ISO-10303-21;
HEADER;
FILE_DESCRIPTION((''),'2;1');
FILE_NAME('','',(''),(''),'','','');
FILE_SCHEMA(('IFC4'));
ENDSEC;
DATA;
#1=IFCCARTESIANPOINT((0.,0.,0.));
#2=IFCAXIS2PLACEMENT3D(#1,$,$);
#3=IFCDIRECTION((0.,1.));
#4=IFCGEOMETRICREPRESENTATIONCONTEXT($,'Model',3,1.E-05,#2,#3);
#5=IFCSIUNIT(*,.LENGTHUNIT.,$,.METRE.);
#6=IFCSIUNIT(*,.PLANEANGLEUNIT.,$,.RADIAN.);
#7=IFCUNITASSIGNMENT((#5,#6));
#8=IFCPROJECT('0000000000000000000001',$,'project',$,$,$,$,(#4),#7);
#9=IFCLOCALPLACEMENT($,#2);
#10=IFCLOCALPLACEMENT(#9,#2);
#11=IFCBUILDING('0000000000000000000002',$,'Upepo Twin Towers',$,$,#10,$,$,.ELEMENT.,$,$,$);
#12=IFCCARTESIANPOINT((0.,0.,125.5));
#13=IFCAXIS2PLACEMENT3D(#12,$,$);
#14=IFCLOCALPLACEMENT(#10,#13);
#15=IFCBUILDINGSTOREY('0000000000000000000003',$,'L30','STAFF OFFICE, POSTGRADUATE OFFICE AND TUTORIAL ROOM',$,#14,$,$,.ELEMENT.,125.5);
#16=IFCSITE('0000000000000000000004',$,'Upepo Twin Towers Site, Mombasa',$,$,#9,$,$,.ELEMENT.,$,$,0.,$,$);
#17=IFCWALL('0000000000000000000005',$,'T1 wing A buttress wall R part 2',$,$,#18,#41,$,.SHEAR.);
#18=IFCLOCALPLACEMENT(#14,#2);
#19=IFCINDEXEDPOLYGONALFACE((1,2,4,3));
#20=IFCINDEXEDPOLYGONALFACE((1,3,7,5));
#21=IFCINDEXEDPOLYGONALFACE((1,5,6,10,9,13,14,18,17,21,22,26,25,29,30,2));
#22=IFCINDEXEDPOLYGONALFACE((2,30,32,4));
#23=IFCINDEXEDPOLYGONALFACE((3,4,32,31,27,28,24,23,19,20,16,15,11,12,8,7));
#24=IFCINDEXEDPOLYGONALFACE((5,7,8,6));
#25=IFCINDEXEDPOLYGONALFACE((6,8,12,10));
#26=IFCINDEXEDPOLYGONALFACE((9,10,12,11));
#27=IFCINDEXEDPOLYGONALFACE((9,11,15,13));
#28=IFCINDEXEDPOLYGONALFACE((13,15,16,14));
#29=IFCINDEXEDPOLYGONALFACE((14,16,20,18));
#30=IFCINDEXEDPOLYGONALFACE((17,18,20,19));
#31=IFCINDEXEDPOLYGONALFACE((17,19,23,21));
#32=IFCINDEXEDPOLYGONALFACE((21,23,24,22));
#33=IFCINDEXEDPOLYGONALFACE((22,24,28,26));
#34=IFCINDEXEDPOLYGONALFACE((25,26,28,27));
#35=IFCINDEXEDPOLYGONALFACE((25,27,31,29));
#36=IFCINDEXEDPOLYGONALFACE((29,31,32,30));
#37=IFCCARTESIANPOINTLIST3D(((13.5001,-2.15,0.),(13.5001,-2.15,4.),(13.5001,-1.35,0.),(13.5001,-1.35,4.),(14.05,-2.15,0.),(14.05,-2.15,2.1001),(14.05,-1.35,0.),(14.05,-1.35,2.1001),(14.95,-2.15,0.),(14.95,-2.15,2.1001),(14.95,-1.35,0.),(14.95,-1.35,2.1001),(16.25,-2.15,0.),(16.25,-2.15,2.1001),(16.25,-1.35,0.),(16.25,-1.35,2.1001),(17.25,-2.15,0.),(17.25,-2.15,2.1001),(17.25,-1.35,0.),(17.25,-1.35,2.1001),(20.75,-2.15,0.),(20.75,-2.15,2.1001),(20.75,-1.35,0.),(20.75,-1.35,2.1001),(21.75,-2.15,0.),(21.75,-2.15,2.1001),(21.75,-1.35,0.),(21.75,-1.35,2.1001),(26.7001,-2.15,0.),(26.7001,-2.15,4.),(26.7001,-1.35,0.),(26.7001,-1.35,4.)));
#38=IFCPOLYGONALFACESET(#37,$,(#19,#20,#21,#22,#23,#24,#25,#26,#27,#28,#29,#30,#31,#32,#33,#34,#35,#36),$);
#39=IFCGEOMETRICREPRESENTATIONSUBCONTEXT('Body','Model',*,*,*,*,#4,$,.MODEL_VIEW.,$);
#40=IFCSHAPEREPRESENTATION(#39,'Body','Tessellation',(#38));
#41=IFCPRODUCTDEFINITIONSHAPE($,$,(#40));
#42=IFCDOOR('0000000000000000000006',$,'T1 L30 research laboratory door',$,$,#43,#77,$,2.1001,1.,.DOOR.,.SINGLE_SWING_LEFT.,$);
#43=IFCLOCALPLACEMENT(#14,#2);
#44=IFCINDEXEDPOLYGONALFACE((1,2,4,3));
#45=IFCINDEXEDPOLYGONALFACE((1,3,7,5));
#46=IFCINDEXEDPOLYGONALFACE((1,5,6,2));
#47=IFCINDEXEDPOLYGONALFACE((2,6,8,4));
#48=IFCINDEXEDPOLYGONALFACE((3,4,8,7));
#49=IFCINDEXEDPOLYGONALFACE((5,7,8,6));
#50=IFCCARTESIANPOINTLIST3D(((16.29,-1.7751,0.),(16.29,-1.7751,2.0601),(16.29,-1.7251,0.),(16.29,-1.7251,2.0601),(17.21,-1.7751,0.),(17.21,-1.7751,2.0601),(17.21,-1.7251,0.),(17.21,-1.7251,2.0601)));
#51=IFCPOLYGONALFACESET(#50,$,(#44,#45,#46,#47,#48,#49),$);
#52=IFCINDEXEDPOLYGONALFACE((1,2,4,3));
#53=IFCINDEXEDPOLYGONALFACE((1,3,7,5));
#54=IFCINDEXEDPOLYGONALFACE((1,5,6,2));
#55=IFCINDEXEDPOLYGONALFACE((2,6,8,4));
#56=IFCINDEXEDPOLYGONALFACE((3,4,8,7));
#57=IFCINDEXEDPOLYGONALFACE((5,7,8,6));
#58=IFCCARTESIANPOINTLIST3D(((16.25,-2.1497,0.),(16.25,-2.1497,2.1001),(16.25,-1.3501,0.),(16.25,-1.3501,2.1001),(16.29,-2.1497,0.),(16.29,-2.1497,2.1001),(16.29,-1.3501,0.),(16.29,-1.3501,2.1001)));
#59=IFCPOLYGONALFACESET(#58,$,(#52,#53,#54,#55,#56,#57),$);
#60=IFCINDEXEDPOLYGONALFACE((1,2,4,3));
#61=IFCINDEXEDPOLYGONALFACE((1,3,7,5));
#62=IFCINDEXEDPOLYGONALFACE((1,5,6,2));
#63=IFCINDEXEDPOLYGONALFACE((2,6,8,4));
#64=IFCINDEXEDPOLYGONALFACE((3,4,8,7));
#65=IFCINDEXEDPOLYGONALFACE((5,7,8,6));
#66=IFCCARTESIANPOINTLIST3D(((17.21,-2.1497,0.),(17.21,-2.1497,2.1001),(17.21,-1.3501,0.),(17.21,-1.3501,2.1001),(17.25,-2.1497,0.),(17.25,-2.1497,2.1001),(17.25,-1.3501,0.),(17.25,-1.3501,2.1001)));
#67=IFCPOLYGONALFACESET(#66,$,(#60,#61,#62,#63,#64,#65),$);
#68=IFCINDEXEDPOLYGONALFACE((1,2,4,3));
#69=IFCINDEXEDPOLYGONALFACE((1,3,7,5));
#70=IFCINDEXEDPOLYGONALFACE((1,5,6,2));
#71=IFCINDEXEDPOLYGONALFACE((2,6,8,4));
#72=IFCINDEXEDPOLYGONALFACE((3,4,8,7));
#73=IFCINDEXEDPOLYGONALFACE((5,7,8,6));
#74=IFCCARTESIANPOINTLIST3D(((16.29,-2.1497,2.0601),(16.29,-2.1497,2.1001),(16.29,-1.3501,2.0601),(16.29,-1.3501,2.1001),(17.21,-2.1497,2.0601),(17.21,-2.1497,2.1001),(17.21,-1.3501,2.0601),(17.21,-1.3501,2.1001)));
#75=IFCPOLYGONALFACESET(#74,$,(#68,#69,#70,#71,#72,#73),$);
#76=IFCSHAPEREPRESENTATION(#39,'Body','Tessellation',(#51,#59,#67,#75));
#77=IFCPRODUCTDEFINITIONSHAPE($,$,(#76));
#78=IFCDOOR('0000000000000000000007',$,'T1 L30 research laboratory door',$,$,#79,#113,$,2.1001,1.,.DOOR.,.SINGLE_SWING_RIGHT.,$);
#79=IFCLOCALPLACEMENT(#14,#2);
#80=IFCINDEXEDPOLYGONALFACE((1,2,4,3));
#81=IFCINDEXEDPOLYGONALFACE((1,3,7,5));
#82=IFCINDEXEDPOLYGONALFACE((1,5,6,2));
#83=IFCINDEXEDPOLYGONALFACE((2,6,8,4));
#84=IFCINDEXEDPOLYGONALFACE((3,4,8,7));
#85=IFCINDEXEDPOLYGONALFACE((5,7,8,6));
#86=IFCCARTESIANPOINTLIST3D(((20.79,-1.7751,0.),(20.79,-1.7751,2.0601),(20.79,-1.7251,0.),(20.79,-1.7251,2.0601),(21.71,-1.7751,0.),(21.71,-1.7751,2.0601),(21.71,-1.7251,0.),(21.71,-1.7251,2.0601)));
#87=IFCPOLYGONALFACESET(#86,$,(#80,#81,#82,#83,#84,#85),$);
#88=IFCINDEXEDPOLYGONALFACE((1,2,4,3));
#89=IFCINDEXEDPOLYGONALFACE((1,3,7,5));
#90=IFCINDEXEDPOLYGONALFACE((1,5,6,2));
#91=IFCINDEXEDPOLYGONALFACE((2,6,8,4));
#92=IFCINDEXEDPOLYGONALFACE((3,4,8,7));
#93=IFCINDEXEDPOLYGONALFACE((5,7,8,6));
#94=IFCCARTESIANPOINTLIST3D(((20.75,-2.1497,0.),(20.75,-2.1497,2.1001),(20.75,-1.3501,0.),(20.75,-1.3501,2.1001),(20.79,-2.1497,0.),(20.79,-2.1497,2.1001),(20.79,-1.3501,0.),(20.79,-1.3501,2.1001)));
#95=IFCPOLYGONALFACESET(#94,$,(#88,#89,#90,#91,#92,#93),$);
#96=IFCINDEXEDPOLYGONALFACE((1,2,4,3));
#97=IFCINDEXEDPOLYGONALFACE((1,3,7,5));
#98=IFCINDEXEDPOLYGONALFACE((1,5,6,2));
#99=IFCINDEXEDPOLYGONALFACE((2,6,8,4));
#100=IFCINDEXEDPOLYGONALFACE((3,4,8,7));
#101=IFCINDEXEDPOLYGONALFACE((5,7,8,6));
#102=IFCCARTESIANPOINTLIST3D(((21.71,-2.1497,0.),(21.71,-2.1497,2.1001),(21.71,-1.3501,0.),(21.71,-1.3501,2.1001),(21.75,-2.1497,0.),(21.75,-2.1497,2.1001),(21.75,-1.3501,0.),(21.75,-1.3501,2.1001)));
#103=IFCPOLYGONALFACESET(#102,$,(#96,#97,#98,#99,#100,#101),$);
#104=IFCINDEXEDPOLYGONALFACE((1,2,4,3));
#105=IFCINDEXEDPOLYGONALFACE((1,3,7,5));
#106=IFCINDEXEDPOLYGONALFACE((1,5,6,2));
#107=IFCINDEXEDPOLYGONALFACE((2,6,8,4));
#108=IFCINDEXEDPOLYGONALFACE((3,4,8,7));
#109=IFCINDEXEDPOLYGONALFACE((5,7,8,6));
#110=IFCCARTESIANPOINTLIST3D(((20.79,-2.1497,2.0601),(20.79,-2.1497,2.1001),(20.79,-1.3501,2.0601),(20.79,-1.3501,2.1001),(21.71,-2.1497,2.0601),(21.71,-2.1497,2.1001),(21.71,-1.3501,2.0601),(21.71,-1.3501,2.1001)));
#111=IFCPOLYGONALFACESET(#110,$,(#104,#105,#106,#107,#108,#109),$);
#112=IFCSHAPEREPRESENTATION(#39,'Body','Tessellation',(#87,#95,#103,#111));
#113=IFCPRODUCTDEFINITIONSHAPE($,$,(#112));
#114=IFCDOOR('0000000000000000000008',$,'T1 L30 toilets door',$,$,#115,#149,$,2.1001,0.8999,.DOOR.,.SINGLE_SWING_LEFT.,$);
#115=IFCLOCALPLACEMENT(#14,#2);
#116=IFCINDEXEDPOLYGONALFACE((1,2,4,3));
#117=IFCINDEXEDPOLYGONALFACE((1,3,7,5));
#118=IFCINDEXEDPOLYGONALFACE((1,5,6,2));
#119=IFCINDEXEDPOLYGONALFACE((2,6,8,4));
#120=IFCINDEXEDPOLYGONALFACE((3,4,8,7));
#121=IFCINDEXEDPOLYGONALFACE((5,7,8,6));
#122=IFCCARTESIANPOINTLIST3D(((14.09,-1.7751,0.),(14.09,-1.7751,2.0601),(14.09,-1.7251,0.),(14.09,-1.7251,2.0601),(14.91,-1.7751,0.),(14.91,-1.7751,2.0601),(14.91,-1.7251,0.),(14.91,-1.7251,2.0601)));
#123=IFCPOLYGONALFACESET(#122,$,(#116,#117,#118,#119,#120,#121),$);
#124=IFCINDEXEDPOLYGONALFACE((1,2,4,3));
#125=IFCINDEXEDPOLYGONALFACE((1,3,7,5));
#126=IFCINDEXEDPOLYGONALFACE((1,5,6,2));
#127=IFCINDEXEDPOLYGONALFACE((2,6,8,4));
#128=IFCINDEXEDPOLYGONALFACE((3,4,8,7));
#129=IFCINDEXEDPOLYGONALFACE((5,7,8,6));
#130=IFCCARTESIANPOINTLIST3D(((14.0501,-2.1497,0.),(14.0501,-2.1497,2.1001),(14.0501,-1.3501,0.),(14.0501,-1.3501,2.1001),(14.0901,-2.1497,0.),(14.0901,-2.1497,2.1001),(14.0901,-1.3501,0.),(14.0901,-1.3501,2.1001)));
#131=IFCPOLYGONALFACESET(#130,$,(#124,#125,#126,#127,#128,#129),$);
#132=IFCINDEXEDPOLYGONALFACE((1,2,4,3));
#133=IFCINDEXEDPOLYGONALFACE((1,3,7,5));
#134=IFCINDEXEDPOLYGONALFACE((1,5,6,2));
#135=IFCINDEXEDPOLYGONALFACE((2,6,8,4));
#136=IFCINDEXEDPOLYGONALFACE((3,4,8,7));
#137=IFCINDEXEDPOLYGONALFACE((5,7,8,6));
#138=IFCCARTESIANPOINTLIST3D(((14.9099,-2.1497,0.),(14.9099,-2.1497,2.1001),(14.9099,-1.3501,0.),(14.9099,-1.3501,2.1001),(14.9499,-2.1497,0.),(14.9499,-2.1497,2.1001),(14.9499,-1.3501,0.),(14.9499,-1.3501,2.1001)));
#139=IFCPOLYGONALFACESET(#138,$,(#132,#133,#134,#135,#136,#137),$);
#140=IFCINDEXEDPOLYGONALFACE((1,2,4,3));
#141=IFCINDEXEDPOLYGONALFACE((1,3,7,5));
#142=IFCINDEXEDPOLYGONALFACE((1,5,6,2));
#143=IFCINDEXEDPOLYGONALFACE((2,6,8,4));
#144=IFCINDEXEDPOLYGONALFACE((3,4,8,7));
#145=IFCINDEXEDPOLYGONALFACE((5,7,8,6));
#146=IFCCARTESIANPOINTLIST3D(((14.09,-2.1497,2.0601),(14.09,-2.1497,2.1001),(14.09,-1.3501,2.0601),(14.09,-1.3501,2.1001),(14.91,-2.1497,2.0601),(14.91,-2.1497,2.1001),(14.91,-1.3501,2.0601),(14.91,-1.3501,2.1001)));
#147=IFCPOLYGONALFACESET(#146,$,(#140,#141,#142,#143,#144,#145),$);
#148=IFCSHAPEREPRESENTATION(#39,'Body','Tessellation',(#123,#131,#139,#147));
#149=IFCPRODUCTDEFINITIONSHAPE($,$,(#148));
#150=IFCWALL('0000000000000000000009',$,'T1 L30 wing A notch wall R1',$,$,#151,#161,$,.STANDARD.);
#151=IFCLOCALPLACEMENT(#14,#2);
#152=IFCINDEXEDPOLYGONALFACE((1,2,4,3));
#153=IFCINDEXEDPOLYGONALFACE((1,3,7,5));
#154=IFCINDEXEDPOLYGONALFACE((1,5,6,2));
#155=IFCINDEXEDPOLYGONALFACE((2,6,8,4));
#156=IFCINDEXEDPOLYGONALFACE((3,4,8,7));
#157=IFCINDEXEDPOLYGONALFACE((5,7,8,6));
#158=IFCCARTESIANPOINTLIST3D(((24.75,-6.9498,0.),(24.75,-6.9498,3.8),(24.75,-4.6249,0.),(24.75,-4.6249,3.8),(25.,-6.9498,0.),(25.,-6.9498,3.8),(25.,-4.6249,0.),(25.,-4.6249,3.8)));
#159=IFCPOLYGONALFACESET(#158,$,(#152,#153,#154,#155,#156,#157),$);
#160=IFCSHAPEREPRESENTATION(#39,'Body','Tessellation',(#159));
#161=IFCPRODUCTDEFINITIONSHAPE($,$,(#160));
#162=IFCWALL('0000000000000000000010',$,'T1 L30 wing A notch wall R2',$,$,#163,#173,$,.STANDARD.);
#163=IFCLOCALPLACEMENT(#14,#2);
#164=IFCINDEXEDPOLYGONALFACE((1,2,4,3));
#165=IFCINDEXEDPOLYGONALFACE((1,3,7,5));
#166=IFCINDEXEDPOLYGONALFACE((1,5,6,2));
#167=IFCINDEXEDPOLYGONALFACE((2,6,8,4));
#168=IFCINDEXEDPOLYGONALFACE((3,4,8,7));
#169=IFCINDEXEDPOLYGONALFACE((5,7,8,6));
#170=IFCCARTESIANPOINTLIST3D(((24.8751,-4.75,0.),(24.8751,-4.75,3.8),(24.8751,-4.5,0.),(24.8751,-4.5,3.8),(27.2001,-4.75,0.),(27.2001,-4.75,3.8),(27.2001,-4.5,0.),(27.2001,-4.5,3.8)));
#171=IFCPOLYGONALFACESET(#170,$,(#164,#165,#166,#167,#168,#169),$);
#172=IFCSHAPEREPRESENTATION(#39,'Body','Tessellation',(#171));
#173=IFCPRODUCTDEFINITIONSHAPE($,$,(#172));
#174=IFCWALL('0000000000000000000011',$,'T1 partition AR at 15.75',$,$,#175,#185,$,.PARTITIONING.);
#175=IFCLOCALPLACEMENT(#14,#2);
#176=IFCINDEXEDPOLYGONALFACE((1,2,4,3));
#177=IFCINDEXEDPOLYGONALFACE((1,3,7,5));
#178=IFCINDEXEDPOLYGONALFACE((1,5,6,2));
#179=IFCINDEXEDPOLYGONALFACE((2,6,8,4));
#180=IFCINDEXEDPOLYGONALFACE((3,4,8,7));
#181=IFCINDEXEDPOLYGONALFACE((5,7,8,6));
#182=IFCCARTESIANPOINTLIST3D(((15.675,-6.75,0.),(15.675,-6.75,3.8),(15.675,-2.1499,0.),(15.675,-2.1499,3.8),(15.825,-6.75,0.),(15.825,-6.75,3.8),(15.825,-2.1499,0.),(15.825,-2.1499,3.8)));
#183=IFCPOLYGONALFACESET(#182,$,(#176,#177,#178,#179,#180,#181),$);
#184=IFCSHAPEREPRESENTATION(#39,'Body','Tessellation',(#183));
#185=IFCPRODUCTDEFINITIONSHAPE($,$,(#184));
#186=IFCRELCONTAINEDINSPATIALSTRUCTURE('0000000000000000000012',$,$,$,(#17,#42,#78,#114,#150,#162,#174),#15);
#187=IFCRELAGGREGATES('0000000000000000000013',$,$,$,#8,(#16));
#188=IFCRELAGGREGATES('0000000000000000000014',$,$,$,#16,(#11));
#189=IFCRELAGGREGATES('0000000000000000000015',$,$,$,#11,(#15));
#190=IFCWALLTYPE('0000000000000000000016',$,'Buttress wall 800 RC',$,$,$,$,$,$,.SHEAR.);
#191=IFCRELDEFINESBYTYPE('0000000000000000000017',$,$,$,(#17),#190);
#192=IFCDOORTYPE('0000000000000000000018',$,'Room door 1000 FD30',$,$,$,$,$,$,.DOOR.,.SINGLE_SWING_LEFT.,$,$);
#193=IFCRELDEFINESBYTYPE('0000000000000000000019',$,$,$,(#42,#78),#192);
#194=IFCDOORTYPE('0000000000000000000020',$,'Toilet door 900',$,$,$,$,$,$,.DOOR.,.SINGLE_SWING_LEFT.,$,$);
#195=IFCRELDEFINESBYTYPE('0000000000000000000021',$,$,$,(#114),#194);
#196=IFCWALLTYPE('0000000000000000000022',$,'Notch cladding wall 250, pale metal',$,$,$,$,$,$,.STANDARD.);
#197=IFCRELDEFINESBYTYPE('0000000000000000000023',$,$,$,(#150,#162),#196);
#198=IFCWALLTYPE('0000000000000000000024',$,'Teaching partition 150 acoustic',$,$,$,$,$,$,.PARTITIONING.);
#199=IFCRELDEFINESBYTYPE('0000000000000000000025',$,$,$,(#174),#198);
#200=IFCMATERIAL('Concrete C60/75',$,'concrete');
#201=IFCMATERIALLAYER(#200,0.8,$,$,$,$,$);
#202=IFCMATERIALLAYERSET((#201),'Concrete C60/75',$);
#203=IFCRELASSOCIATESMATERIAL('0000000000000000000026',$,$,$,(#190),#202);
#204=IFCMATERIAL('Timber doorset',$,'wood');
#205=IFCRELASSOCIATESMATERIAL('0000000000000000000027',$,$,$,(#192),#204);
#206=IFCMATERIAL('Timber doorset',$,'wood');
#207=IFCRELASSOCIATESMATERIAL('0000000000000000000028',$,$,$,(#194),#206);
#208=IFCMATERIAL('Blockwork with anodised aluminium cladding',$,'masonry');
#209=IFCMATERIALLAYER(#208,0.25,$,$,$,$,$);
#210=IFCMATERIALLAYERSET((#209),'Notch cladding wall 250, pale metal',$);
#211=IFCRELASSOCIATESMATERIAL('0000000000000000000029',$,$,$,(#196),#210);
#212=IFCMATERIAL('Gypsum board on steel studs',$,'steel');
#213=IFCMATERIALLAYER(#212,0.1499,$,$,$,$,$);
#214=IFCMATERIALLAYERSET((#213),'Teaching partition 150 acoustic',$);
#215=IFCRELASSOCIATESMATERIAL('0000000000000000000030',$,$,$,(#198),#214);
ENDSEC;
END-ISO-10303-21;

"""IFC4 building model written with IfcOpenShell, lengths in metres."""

from ifc_helpers import new_model, si_unit, direction, frame, frame_2d, origin, place, context, subcontext, project, spatial, rectangle, extrude, material, layer, layer_set, type_object, element, fill, save


model = new_model("IFC4")

# Units and contexts
model_context = context("Model", 3, precision=1e-05, world=origin(), true_north=direction((0.0, 1.0)))
body_context = subcontext(model_context, "Body", "Model", "MODEL_VIEW")
ifc_project = project(units=[si_unit("LENGTHUNIT", "METRE"), si_unit("PLANEANGLEUNIT", "RADIAN")], contexts=[model_context])

# Site, building, storey
site_placement = place(None, origin())
site = spatial("IfcSite", under=ifc_project, at=site_placement, Name="Upepo Twin Towers Site, Mombasa", CompositionType="ELEMENT", RefElevation=0.0)
building_placement = place(site_placement, origin())
building = spatial("IfcBuilding", under=site, at=building_placement, Name="Upepo Twin Towers", CompositionType="ELEMENT")
storey_placement = place(building_placement, frame((0.0, 0.0, 125.5)))
storey = spatial("IfcBuildingStorey", under=building, at=storey_placement, Name="L30", Description="STAFF OFFICE, POSTGRADUATE OFFICE AND TUTORIAL ROOM", CompositionType="ELEMENT", Elevation=125.5)

# Wall, openings, doors
ifc_material_1 = material(Name="Concrete C60/75", Category="concrete")
ifc_layer_1 = layer(ifc_material_1, 0.8)
ifc_layer_set_1 = layer_set([ifc_layer_1], Name="Concrete C60/75")
wall_type_1 = type_object("IfcWallType", Name="Buttress wall 800 RC", PredefinedType="SHEAR", material=ifc_layer_set_1)
wall_1_placement = place(storey_placement, frame((13.5, -1.75, 0.0), z_axis=(0.0, 0.0, 1.0), x_axis=(1.0, 0.0, 0.0)))
wall_1 = element("IfcWall", 1, at=wall_1_placement, inside=storey, type_object=wall_type_1, Name="T1 wing A buttress wall R part 2", PredefinedType="SHEAR", context=body_context, shape_type="SweptSolid", body=[
    extrude(rectangle(XDim=13.2, YDim=0.8, at=frame_2d((6.6001, 0.0))), origin(), (0.0, 0.0, 1.0), 4.0),
])
opening_1_placement = place(wall_1_placement, frame((0.55, 0.0, 0.0)))
opening_1 = element("IfcOpeningElement", 2, at=opening_1_placement, cuts=wall_1, PredefinedType="OPENING", context=body_context, shape_type="SweptSolid", body=[
    extrude(rectangle(XDim=0.8999, YDim=2.1001, at=frame_2d((0.45, 1.05))), frame((0.0, 0.4099, 0.0), z_axis=(0.0, -1.0, 0.0), x_axis=(1.0, 0.0, 0.0)), (0.0, 0.0, 1.0), 0.8201),
])
opening_2_placement = place(wall_1_placement, frame((2.75, 0.0, 0.0)))
opening_2 = element("IfcOpeningElement", 3, at=opening_2_placement, cuts=wall_1, PredefinedType="OPENING", context=body_context, shape_type="SweptSolid", body=[
    extrude(rectangle(XDim=1.0, YDim=2.1001, at=frame_2d((0.5, 1.05))), frame((0.0, 0.4099, 0.0), z_axis=(0.0, -1.0, 0.0), x_axis=(1.0, 0.0, 0.0)), (0.0, 0.0, 1.0), 0.8201),
])
opening_3_placement = place(wall_1_placement, frame((7.25, 0.0, 0.0)))
opening_3 = element("IfcOpeningElement", 4, at=opening_3_placement, cuts=wall_1, PredefinedType="OPENING", context=body_context, shape_type="SweptSolid", body=[
    extrude(rectangle(XDim=1.0, YDim=2.1001, at=frame_2d((0.5, 1.05))), frame((0.0, 0.4099, 0.0), z_axis=(0.0, -1.0, 0.0), x_axis=(1.0, 0.0, 0.0)), (0.0, 0.0, 1.0), 0.8201),
])
ifc_material_2 = material(Name="Timber doorset", Category="wood")
door_type_1 = type_object("IfcDoorType", Name="Room door 1000 FD30", OperationType="SINGLE_SWING_LEFT", PredefinedType="DOOR", material=ifc_material_2)
door_1_placement = place(opening_2_placement, origin())
door_1 = element("IfcDoor", 5, at=door_1_placement, inside=storey, type_object=door_type_1, Name="T1 L30 research laboratory door", OperationType="SINGLE_SWING_LEFT", OverallHeight=2.1001, OverallWidth=1.0, PredefinedType="DOOR", context=body_context, shape_type="SweptSolid", body=[
    extrude(rectangle(XDim=0.92, YDim=2.0601, at=frame_2d((0.5, 1.03))), frame((0.0, 0.0249, 0.0), z_axis=(0.0, -1.0, 0.0), x_axis=(1.0, 0.0, 0.0)), (0.0, 0.0, 1.0), 0.05),
    extrude(rectangle(XDim=0.04, YDim=2.1001, at=frame_2d((0.02, 1.05))), frame((0.0, 0.3999, 0.0), z_axis=(0.0, -1.0, 0.0), x_axis=(1.0, 0.0, 0.0)), (0.0, 0.0, 1.0), 0.7996),
    extrude(rectangle(XDim=0.04, YDim=2.1001, at=frame_2d((0.98, 1.05))), frame((0.0, 0.3999, 0.0), z_axis=(0.0, -1.0, 0.0), x_axis=(1.0, 0.0, 0.0)), (0.0, 0.0, 1.0), 0.7996),
    extrude(rectangle(XDim=0.92, YDim=0.04, at=frame_2d((0.5, 2.0801))), frame((0.0, 0.3999, 0.0), z_axis=(0.0, -1.0, 0.0), x_axis=(1.0, 0.0, 0.0)), (0.0, 0.0, 1.0), 0.7996),
])
fill(opening_2, door_1)
door_2_placement = place(opening_3_placement, origin())
door_2 = element("IfcDoor", 6, at=door_2_placement, inside=storey, type_object=door_type_1, Name="T1 L30 research laboratory door", OperationType="SINGLE_SWING_RIGHT", OverallHeight=2.1001, OverallWidth=1.0, PredefinedType="DOOR", context=body_context, shape_type="SweptSolid", body=[
    extrude(rectangle(XDim=0.92, YDim=2.0601, at=frame_2d((0.5, 1.03))), frame((0.0, 0.0249, 0.0), z_axis=(0.0, -1.0, 0.0), x_axis=(1.0, 0.0, 0.0)), (0.0, 0.0, 1.0), 0.05),
    extrude(rectangle(XDim=0.04, YDim=2.1001, at=frame_2d((0.02, 1.05))), frame((0.0, 0.3999, 0.0), z_axis=(0.0, -1.0, 0.0), x_axis=(1.0, 0.0, 0.0)), (0.0, 0.0, 1.0), 0.7996),
    extrude(rectangle(XDim=0.04, YDim=2.1001, at=frame_2d((0.98, 1.05))), frame((0.0, 0.3999, 0.0), z_axis=(0.0, -1.0, 0.0), x_axis=(1.0, 0.0, 0.0)), (0.0, 0.0, 1.0), 0.7996),
    extrude(rectangle(XDim=0.92, YDim=0.04, at=frame_2d((0.5, 2.0801))), frame((0.0, 0.3999, 0.0), z_axis=(0.0, -1.0, 0.0), x_axis=(1.0, 0.0, 0.0)), (0.0, 0.0, 1.0), 0.7996),
])
fill(opening_3, door_2)
ifc_material_3 = material(Name="Timber doorset", Category="wood")
door_type_2 = type_object("IfcDoorType", Name="Toilet door 900", OperationType="SINGLE_SWING_LEFT", PredefinedType="DOOR", material=ifc_material_3)
door_3_placement = place(opening_1_placement, origin())
door_3 = element("IfcDoor", 7, at=door_3_placement, inside=storey, type_object=door_type_2, Name="T1 L30 toilets door", OperationType="SINGLE_SWING_LEFT", OverallHeight=2.1001, OverallWidth=0.8999, PredefinedType="DOOR", context=body_context, shape_type="SweptSolid", body=[
    extrude(rectangle(XDim=0.8199, YDim=2.0601, at=frame_2d((0.45, 1.03))), frame((0.0, 0.0249, 0.0), z_axis=(0.0, -1.0, 0.0), x_axis=(1.0, 0.0, 0.0)), (0.0, 0.0, 1.0), 0.05),
    extrude(rectangle(XDim=0.04, YDim=2.1001, at=frame_2d((0.02, 1.05))), frame((0.0, 0.3999, 0.0), z_axis=(0.0, -1.0, 0.0), x_axis=(1.0, 0.0, 0.0)), (0.0, 0.0, 1.0), 0.7996),
    extrude(rectangle(XDim=0.04, YDim=2.1001, at=frame_2d((0.8799, 1.05))), frame((0.0, 0.3999, 0.0), z_axis=(0.0, -1.0, 0.0), x_axis=(1.0, 0.0, 0.0)), (0.0, 0.0, 1.0), 0.7996),
    extrude(rectangle(XDim=0.8199, YDim=0.04, at=frame_2d((0.45, 2.0801))), frame((0.0, 0.3999, 0.0), z_axis=(0.0, -1.0, 0.0), x_axis=(1.0, 0.0, 0.0)), (0.0, 0.0, 1.0), 0.7996),
])
fill(opening_1, door_3)

# Walls
ifc_material_4 = material(Name="Blockwork with anodised aluminium cladding", Category="masonry")
ifc_layer_2 = layer(ifc_material_4, 0.25)
ifc_layer_set_2 = layer_set([ifc_layer_2], Name="Notch cladding wall 250, pale metal")
wall_type_2 = type_object("IfcWallType", Name="Notch cladding wall 250, pale metal", PredefinedType="STANDARD", material=ifc_layer_set_2)
for number, where, z_axis, x_axis, name in (
    (8, (24.875, -6.95, 0.0), (0.0, 0.0, 1.0), (0.0, 1.0, 0.0), "T1 L30 wing A notch wall R1"),
    (9, (24.875, -4.625, 0.0), (0.0, 0.0, 1.0), (1.0, 0.0, 0.0), "T1 L30 wing A notch wall R2"),
):
    element("IfcWall", number, at=place(storey_placement, frame(where, z_axis=z_axis, x_axis=x_axis)), inside=storey, type_object=wall_type_2, Name=name, PredefinedType="STANDARD", context=body_context, shape_type="SweptSolid", body=[
        extrude(rectangle(XDim=2.325, YDim=0.25, at=frame_2d((1.1626, 0.0))), origin(), (0.0, 0.0, 1.0), 3.8),
    ])
ifc_material_5 = material(Name="Gypsum board on steel studs", Category="steel")
ifc_layer_3 = layer(ifc_material_5, 0.1499)
ifc_layer_set_3 = layer_set([ifc_layer_3], Name="Teaching partition 150 acoustic")
wall_type_3 = type_object("IfcWallType", Name="Teaching partition 150 acoustic", PredefinedType="PARTITIONING", material=ifc_layer_set_3)
wall_2_placement = place(storey_placement, frame((15.75, -2.1499, 0.0), z_axis=(0.0, 0.0, 1.0), x_axis=(0.0, -1.0, 0.0)))
element("IfcWall", 10, at=wall_2_placement, inside=storey, type_object=wall_type_3, Name="T1 partition AR at 15.75", PredefinedType="PARTITIONING", context=body_context, shape_type="SweptSolid", body=[
    extrude(rectangle(XDim=4.6001, YDim=0.1499, at=frame_2d((2.3, 0.0))), origin(), (0.0, 0.0, 1.0), 3.8),
])

save(model, "model.ifc")
